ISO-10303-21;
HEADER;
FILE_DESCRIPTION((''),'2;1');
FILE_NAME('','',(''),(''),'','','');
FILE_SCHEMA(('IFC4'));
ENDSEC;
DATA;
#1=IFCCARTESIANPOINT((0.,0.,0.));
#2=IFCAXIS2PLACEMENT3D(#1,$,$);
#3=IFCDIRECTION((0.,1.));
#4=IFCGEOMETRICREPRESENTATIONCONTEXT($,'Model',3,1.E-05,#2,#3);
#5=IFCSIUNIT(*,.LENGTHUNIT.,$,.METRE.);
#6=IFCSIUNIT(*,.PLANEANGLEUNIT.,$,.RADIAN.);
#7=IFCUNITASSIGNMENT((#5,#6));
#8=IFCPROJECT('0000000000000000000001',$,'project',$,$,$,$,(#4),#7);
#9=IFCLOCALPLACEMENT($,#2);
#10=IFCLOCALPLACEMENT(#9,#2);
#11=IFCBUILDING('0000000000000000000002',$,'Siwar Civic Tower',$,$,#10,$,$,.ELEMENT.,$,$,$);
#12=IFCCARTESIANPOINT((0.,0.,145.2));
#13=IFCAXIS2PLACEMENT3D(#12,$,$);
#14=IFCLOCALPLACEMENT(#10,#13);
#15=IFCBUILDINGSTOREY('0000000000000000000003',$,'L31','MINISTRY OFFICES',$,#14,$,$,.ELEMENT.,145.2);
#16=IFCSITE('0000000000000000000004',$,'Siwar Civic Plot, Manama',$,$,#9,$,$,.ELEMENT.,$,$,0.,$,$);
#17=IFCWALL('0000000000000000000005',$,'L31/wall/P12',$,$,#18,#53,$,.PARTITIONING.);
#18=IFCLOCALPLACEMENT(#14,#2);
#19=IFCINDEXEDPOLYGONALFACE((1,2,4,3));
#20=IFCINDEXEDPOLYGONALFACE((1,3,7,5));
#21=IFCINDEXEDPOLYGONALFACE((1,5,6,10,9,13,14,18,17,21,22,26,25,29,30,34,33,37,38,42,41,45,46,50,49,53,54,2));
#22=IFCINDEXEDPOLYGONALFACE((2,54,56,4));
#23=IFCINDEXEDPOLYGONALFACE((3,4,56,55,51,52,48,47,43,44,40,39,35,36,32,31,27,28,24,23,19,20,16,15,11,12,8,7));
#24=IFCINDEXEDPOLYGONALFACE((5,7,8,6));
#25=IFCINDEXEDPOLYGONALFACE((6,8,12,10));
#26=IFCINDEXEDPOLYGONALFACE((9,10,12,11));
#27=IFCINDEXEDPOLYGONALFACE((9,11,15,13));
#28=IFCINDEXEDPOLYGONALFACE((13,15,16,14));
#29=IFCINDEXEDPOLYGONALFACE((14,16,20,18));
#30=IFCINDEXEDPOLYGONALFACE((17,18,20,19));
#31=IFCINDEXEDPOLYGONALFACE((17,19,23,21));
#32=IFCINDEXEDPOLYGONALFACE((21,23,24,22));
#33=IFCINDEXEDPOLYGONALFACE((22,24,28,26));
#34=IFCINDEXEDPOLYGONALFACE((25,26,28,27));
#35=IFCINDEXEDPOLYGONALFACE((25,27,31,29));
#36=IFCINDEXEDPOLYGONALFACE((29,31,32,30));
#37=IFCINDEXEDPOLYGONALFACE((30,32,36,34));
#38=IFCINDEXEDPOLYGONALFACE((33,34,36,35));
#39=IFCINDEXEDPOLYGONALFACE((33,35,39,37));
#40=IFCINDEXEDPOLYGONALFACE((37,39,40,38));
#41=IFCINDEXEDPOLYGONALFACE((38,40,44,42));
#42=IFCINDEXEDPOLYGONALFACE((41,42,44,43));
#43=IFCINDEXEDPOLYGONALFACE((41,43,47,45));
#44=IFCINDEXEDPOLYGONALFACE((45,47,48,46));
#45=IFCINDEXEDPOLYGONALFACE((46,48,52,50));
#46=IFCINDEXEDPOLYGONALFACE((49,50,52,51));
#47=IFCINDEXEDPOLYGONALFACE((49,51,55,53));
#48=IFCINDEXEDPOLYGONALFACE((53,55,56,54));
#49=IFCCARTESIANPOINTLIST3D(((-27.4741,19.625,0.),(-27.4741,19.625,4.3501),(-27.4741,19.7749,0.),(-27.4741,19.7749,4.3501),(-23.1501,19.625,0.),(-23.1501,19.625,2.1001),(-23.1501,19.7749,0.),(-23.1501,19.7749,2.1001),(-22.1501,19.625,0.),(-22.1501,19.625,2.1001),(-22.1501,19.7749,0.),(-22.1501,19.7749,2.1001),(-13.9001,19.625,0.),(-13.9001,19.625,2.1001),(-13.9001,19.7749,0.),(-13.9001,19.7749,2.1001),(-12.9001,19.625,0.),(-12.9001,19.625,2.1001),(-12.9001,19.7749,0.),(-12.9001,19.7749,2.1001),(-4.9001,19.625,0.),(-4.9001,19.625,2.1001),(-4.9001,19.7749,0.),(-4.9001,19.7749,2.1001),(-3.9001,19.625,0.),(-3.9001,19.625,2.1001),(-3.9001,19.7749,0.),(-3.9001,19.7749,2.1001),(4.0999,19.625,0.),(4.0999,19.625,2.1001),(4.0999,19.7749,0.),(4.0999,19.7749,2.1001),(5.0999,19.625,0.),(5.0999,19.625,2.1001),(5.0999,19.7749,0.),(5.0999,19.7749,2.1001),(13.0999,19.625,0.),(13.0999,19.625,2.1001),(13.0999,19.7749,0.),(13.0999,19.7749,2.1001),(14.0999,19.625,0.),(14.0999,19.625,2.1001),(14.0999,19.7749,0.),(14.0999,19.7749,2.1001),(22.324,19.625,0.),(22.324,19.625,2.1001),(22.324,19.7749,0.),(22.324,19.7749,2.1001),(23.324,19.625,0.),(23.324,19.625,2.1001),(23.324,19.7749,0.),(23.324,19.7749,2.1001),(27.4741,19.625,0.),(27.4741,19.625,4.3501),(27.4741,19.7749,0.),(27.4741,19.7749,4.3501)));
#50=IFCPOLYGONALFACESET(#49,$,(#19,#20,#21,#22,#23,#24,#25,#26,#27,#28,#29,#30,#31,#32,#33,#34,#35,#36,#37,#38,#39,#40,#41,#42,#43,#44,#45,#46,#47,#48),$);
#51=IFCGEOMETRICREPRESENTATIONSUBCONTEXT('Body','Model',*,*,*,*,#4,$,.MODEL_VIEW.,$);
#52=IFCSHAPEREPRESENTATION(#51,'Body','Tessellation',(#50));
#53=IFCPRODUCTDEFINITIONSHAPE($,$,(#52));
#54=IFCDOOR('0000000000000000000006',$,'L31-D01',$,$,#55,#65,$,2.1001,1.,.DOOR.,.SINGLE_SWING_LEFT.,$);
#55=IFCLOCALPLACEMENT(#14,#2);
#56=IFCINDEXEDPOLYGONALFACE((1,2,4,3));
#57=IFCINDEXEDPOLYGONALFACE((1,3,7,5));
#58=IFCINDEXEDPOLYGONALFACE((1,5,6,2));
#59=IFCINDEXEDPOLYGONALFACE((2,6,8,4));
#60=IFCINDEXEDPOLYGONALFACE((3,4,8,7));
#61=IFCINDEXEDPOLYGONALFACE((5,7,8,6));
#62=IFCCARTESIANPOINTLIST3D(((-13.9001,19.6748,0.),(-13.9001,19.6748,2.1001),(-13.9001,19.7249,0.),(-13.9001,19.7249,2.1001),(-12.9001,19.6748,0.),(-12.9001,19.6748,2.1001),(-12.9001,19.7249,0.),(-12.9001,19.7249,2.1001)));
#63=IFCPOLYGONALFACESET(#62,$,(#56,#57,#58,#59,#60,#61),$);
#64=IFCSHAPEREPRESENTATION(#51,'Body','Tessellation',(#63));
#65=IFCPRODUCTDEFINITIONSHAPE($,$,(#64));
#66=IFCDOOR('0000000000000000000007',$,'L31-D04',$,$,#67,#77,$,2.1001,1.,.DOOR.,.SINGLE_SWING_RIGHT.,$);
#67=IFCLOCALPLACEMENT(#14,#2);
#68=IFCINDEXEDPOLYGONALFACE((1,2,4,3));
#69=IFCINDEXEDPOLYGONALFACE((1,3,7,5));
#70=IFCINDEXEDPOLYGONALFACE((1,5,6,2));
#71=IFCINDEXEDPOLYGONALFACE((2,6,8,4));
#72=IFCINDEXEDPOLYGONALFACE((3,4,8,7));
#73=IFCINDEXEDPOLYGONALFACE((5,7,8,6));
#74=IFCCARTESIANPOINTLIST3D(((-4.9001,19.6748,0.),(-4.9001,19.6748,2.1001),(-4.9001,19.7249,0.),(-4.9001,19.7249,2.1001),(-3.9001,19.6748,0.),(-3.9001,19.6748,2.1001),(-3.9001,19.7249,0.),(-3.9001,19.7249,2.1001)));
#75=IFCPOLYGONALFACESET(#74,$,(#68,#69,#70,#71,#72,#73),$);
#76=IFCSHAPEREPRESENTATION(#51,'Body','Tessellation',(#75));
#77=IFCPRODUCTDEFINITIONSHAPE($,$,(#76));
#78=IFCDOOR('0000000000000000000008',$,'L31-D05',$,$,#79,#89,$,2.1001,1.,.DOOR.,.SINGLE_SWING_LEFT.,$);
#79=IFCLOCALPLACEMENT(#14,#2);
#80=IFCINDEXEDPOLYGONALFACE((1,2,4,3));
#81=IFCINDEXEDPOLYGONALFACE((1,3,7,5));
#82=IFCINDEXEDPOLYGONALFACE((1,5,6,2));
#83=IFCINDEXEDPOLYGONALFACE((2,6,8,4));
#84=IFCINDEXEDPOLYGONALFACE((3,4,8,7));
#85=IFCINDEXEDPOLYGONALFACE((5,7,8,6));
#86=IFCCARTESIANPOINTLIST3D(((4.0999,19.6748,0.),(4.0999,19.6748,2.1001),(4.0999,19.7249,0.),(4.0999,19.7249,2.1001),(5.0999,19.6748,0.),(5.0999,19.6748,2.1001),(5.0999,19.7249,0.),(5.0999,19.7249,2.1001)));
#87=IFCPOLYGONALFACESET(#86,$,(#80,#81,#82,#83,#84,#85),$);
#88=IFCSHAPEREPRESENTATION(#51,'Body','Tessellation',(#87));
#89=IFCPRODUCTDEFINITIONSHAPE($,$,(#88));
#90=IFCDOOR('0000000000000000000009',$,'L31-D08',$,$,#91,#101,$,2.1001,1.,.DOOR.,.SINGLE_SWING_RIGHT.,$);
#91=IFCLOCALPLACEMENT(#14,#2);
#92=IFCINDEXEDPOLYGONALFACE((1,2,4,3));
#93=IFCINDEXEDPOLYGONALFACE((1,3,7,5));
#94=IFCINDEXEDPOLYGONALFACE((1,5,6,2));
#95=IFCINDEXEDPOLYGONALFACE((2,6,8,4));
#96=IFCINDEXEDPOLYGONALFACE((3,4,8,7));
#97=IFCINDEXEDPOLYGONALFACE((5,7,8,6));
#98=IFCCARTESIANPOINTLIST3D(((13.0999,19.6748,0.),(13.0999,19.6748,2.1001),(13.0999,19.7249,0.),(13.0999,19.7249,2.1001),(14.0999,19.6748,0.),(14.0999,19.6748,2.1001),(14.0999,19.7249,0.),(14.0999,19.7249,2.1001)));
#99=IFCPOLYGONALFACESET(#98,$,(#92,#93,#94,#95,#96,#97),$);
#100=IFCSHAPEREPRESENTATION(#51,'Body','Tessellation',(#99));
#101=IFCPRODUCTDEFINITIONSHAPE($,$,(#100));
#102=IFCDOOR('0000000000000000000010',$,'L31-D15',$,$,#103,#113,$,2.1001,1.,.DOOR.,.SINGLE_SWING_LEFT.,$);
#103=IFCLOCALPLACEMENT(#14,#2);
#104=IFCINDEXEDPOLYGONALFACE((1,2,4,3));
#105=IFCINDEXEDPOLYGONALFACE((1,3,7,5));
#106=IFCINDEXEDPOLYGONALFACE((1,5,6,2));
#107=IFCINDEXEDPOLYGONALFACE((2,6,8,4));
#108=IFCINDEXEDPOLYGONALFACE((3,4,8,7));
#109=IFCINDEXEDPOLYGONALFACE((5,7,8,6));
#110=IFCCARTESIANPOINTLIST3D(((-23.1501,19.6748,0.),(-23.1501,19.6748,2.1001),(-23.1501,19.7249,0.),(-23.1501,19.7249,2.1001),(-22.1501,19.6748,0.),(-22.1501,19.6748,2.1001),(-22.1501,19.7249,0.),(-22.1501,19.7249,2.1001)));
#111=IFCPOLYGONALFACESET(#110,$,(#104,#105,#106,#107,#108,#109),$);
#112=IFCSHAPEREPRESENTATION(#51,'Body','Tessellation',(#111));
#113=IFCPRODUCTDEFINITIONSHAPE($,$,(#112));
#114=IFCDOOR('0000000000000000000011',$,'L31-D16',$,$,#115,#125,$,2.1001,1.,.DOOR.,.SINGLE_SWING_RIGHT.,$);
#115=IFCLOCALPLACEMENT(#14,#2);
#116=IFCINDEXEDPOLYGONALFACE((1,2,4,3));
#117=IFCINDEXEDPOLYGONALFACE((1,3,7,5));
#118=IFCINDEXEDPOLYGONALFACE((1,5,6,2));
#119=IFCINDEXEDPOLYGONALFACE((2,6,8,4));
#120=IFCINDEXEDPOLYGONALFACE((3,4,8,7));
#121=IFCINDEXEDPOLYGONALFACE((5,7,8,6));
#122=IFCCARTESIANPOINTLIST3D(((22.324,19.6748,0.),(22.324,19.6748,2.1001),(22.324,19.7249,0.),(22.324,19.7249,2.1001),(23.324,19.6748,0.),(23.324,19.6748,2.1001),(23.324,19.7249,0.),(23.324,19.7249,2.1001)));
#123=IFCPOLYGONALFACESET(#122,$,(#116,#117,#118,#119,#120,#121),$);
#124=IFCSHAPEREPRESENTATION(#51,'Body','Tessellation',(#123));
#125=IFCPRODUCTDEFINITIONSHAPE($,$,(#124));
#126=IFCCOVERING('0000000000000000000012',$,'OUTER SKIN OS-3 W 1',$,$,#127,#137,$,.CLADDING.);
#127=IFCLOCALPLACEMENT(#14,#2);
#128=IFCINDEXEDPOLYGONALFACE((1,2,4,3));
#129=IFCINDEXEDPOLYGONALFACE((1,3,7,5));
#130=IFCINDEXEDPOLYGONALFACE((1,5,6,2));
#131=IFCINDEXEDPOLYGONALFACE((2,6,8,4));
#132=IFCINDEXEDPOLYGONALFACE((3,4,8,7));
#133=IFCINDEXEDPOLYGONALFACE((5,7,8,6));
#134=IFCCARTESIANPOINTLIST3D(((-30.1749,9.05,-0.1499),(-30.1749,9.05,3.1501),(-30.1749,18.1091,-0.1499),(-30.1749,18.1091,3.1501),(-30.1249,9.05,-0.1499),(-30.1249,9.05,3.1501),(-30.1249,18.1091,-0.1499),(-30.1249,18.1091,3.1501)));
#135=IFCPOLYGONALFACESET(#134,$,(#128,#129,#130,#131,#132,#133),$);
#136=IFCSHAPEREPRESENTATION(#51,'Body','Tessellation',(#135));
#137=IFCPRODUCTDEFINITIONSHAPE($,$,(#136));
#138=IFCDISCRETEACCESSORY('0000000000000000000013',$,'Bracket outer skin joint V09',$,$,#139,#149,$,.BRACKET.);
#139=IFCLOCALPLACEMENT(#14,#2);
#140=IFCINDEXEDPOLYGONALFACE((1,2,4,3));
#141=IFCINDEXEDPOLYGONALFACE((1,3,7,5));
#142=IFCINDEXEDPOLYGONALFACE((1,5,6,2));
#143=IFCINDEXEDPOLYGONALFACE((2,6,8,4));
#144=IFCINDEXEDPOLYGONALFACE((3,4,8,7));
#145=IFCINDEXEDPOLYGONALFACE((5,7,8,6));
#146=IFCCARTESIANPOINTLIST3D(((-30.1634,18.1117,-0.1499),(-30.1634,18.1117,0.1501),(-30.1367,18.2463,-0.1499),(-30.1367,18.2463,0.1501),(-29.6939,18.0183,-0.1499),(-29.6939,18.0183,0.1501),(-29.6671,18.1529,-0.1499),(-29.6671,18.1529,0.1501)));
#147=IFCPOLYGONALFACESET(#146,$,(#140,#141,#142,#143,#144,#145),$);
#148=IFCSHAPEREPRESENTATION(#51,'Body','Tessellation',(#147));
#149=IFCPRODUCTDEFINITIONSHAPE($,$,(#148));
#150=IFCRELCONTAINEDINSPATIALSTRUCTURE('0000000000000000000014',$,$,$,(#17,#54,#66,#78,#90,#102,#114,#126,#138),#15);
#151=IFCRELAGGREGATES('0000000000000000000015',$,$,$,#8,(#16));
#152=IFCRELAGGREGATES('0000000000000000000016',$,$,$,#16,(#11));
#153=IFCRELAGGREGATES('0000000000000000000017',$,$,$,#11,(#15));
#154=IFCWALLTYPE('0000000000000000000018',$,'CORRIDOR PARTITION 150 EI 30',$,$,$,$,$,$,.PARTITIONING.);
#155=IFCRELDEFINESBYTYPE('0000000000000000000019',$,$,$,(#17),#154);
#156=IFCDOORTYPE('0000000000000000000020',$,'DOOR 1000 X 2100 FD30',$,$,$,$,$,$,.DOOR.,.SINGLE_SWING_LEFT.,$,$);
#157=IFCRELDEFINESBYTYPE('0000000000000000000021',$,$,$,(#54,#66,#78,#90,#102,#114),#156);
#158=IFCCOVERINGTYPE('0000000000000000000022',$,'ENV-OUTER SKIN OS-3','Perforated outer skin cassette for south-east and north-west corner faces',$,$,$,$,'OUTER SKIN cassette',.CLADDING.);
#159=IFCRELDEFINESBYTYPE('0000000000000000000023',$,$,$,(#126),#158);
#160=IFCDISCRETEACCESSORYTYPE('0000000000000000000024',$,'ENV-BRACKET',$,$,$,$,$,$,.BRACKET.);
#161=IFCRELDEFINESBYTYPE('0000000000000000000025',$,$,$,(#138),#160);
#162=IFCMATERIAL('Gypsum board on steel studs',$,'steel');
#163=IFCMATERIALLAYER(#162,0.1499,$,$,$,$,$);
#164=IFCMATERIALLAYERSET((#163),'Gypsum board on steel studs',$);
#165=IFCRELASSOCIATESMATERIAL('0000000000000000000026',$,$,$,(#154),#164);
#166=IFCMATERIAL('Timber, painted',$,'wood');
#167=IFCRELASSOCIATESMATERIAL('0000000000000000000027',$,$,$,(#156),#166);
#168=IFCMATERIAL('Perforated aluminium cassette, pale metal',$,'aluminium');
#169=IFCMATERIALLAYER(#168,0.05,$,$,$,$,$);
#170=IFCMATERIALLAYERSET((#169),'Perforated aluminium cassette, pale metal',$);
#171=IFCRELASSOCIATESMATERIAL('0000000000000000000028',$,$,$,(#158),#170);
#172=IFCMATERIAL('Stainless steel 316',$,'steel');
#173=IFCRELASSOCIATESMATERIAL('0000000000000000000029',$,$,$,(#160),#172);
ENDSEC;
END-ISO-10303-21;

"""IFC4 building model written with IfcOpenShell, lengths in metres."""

from ifc_helpers import new_model, si_unit, direction, frame, frame_2d, origin, origin_2d, place, context, subcontext, project, spatial, rectangle, extrude, material, layer, layer_set, type_object, element, fill, save


model = new_model("IFC4")

# Units and contexts
model_context = context("Model", 3, precision=1e-05, world=origin(), true_north=direction((0.0, 1.0)))
body_context = subcontext(model_context, "Body", "Model", "MODEL_VIEW")
ifc_project = project(units=[si_unit("LENGTHUNIT", "METRE"), si_unit("PLANEANGLEUNIT", "RADIAN")], contexts=[model_context])

# Site, building, storey
site_placement = place(None, origin())
site = spatial("IfcSite", under=ifc_project, at=site_placement, Name="Siwar Civic Plot, Manama", CompositionType="ELEMENT", RefElevation=0.0)
building_placement = place(site_placement, origin())
building = spatial("IfcBuilding", under=site, at=building_placement, Name="Siwar Civic Tower", CompositionType="ELEMENT")
storey_placement = place(building_placement, frame((0.0, 0.0, 145.2)))
storey = spatial("IfcBuildingStorey", under=building, at=storey_placement, Name="L31", Description="MINISTRY OFFICES", CompositionType="ELEMENT", Elevation=145.2)

# Shared definitions
ifc_material_1 = material(Name="Gypsum board on steel studs", Category="steel")
ifc_layer_1 = layer(ifc_material_1, 0.1499)
ifc_layer_set_1 = layer_set([ifc_layer_1], Name="Gypsum board on steel studs")
wall_type = type_object("IfcWallType", Name="CORRIDOR PARTITION 150 EI 30", PredefinedType="PARTITIONING", material=ifc_layer_set_1)

# Wall, openings, doors
ifc_material_2 = material(Name="Timber, painted", Category="wood")
door_type = type_object("IfcDoorType", Name="DOOR 1000 X 2100 FD30", OperationType="SINGLE_SWING_LEFT", PredefinedType="DOOR", material=ifc_material_2)
wall_1_placement = place(storey_placement, frame((-27.4741, 19.7, 0.0), z_axis=(0.0, 0.0, 1.0), x_axis=(1.0, 0.0, 0.0)))
wall_1 = element("IfcWall", 1, at=wall_1_placement, inside=storey, type_object=wall_type, Name="L31/wall/P12", PredefinedType="PARTITIONING", context=body_context, shape_type="SweptSolid", body=[
    extrude(rectangle(XDim=54.9482, YDim=0.1499, at=frame_2d((27.4741, 0.0))), origin(), (0.0, 0.0, 1.0), 4.3501),
])
opening_1_placement = place(wall_1_placement, frame((13.574, 0.0, 0.0)))
opening_1 = element("IfcOpeningElement", 2, at=opening_1_placement, cuts=wall_1, PredefinedType="OPENING", context=body_context, shape_type="SweptSolid", body=[
    extrude(rectangle(XDim=1.0, YDim=2.1001, at=frame_2d((0.5, 1.05))), frame((0.0, 0.085, 0.0), z_axis=(0.0, -1.0, 0.0), x_axis=(1.0, 0.0, 0.0)), (0.0, 0.0, 1.0), 0.1699),
])
opening_2_placement = place(wall_1_placement, frame((22.574, 0.0, 0.0)))
opening_2 = element("IfcOpeningElement", 3, at=opening_2_placement, cuts=wall_1, PredefinedType="OPENING", context=body_context, shape_type="SweptSolid", body=[
    extrude(rectangle(XDim=1.0, YDim=2.1001, at=frame_2d((0.5, 1.05))), frame((0.0, 0.085, 0.0), z_axis=(0.0, -1.0, 0.0), x_axis=(1.0, 0.0, 0.0)), (0.0, 0.0, 1.0), 0.1699),
])
opening_3_placement = place(wall_1_placement, frame((31.574, 0.0, 0.0)))
opening_3 = element("IfcOpeningElement", 4, at=opening_3_placement, cuts=wall_1, PredefinedType="OPENING", context=body_context, shape_type="SweptSolid", body=[
    extrude(rectangle(XDim=1.0, YDim=2.1001, at=frame_2d((0.5, 1.05))), frame((0.0, 0.085, 0.0), z_axis=(0.0, -1.0, 0.0), x_axis=(1.0, 0.0, 0.0)), (0.0, 0.0, 1.0), 0.1699),
])
opening_4_placement = place(wall_1_placement, frame((40.574, 0.0, 0.0)))
opening_4 = element("IfcOpeningElement", 5, at=opening_4_placement, cuts=wall_1, PredefinedType="OPENING", context=body_context, shape_type="SweptSolid", body=[
    extrude(rectangle(XDim=1.0, YDim=2.1001, at=frame_2d((0.5, 1.05))), frame((0.0, 0.085, 0.0), z_axis=(0.0, -1.0, 0.0), x_axis=(1.0, 0.0, 0.0)), (0.0, 0.0, 1.0), 0.1699),
])
opening_5_placement = place(wall_1_placement, frame((4.324, 0.0, 0.0)))
opening_5 = element("IfcOpeningElement", 6, at=opening_5_placement, cuts=wall_1, PredefinedType="OPENING", context=body_context, shape_type="SweptSolid", body=[
    extrude(rectangle(XDim=1.0, YDim=2.1001, at=frame_2d((0.5, 1.05))), frame((0.0, 0.085, 0.0), z_axis=(0.0, -1.0, 0.0), x_axis=(1.0, 0.0, 0.0)), (0.0, 0.0, 1.0), 0.1699),
])
opening_6_placement = place(wall_1_placement, frame((49.7981, 0.0, 0.0)))
opening_6 = element("IfcOpeningElement", 7, at=opening_6_placement, cuts=wall_1, PredefinedType="OPENING", context=body_context, shape_type="SweptSolid", body=[
    extrude(rectangle(XDim=1.0, YDim=2.1001, at=frame_2d((0.5, 1.05))), frame((0.0, 0.085, 0.0), z_axis=(0.0, -1.0, 0.0), x_axis=(1.0, 0.0, 0.0)), (0.0, 0.0, 1.0), 0.1699),
])
door_1_placement = place(opening_1_placement, origin())
door_1 = element("IfcDoor", 8, at=door_1_placement, inside=storey, type_object=door_type, Name="L31-D01", OperationType="SINGLE_SWING_LEFT", OverallHeight=2.1001, OverallWidth=1.0, PredefinedType="DOOR", context=body_context, shape_type="SweptSolid", body=[
    extrude(rectangle(XDim=1.0, YDim=2.1001, at=frame_2d((0.5, 1.05))), frame((0.0, 0.0249, 0.0), z_axis=(0.0, -1.0, 0.0), x_axis=(1.0, 0.0, 0.0)), (0.0, 0.0, 1.0), 0.05),
])
fill(opening_1, door_1)
door_2_placement = place(opening_2_placement, origin())
door_2 = element("IfcDoor", 9, at=door_2_placement, inside=storey, type_object=door_type, Name="L31-D04", OperationType="SINGLE_SWING_RIGHT", OverallHeight=2.1001, OverallWidth=1.0, PredefinedType="DOOR", context=body_context, shape_type="SweptSolid", body=[
    extrude(rectangle(XDim=1.0, YDim=2.1001, at=frame_2d((0.5, 1.05))), frame((0.0, 0.0249, 0.0), z_axis=(0.0, -1.0, 0.0), x_axis=(1.0, 0.0, 0.0)), (0.0, 0.0, 1.0), 0.05),
])
fill(opening_2, door_2)
door_3_placement = place(opening_3_placement, origin())
door_3 = element("IfcDoor", 10, at=door_3_placement, inside=storey, type_object=door_type, Name="L31-D05", OperationType="SINGLE_SWING_LEFT", OverallHeight=2.1001, OverallWidth=1.0, PredefinedType="DOOR", context=body_context, shape_type="SweptSolid", body=[
    extrude(rectangle(XDim=1.0, YDim=2.1001, at=frame_2d((0.5, 1.05))), frame((0.0, 0.0249, 0.0), z_axis=(0.0, -1.0, 0.0), x_axis=(1.0, 0.0, 0.0)), (0.0, 0.0, 1.0), 0.05),
])
fill(opening_3, door_3)
door_4_placement = place(opening_4_placement, origin())
door_4 = element("IfcDoor", 11, at=door_4_placement, inside=storey, type_object=door_type, Name="L31-D08", OperationType="SINGLE_SWING_RIGHT", OverallHeight=2.1001, OverallWidth=1.0, PredefinedType="DOOR", context=body_context, shape_type="SweptSolid", body=[
    extrude(rectangle(XDim=1.0, YDim=2.1001, at=frame_2d((0.5, 1.05))), frame((0.0, 0.0249, 0.0), z_axis=(0.0, -1.0, 0.0), x_axis=(1.0, 0.0, 0.0)), (0.0, 0.0, 1.0), 0.05),
])
fill(opening_4, door_4)
door_5_placement = place(opening_5_placement, origin())
door_5 = element("IfcDoor", 12, at=door_5_placement, inside=storey, type_object=door_type, Name="L31-D15", OperationType="SINGLE_SWING_LEFT", OverallHeight=2.1001, OverallWidth=1.0, PredefinedType="DOOR", context=body_context, shape_type="SweptSolid", body=[
    extrude(rectangle(XDim=1.0, YDim=2.1001, at=frame_2d((0.5, 1.05))), frame((0.0, 0.0249, 0.0), z_axis=(0.0, -1.0, 0.0), x_axis=(1.0, 0.0, 0.0)), (0.0, 0.0, 1.0), 0.05),
])
fill(opening_5, door_5)
door_6_placement = place(opening_6_placement, origin())
door_6 = element("IfcDoor", 13, at=door_6_placement, inside=storey, type_object=door_type, Name="L31-D16", OperationType="SINGLE_SWING_RIGHT", OverallHeight=2.1001, OverallWidth=1.0, PredefinedType="DOOR", context=body_context, shape_type="SweptSolid", body=[
    extrude(rectangle(XDim=1.0, YDim=2.1001, at=frame_2d((0.5, 1.05))), frame((0.0, 0.0249, 0.0), z_axis=(0.0, -1.0, 0.0), x_axis=(1.0, 0.0, 0.0)), (0.0, 0.0, 1.0), 0.05),
])
fill(opening_6, door_6)

# Covering
ifc_material_3 = material(Name="Perforated aluminium cassette, pale metal", Category="aluminium")
ifc_layer_2 = layer(ifc_material_3, 0.05)
ifc_layer_set_2 = layer_set([ifc_layer_2], Name="Perforated aluminium cassette, pale metal")
covering_type = type_object("IfcCoveringType", Name="ENV-OUTER SKIN OS-3", Description="Perforated outer skin cassette for south-east and north-west corner faces", ElementType="OUTER SKIN cassette", PredefinedType="CLADDING", material=ifc_layer_set_2)
covering_placement = place(storey_placement, frame((-30.1499, 13.5796, -0.1499), z_axis=(0.0, 0.0, 1.0), x_axis=(0.0, -1.0, 0.0)))
element("IfcCovering", 14, at=covering_placement, inside=storey, type_object=covering_type, Name="OUTER SKIN OS-3 W 1", PredefinedType="CLADDING", context=body_context, shape_type="SweptSolid", body=[
    extrude(rectangle(XDim=9.0591, YDim=0.05, at=origin_2d()), origin(), (0.0, 0.0, 1.0), 3.3),
])

# Discrete accessory
ifc_material_4 = material(Name="Stainless steel 316", Category="steel")
discrete_accessory_type = type_object("IfcDiscreteAccessoryType", Name="ENV-BRACKET", PredefinedType="BRACKET", material=ifc_material_4)
discrete_accessory_placement = place(storey_placement, frame((-29.9153, 18.1323, -0.1499), z_axis=(0.0, 0.0, 1.0), x_axis=(-0.980785, 0.19509, 0.0)))
element("IfcDiscreteAccessory", 15, at=discrete_accessory_placement, inside=storey, type_object=discrete_accessory_type, Name="Bracket outer skin joint V09", PredefinedType="BRACKET", context=body_context, shape_type="SweptSolid", body=[
    extrude(rectangle(XDim=0.4788, YDim=0.1372, at=origin_2d()), origin(), (0.0, 0.0, 1.0), 0.3),
])

save(model, "model.ifc")
